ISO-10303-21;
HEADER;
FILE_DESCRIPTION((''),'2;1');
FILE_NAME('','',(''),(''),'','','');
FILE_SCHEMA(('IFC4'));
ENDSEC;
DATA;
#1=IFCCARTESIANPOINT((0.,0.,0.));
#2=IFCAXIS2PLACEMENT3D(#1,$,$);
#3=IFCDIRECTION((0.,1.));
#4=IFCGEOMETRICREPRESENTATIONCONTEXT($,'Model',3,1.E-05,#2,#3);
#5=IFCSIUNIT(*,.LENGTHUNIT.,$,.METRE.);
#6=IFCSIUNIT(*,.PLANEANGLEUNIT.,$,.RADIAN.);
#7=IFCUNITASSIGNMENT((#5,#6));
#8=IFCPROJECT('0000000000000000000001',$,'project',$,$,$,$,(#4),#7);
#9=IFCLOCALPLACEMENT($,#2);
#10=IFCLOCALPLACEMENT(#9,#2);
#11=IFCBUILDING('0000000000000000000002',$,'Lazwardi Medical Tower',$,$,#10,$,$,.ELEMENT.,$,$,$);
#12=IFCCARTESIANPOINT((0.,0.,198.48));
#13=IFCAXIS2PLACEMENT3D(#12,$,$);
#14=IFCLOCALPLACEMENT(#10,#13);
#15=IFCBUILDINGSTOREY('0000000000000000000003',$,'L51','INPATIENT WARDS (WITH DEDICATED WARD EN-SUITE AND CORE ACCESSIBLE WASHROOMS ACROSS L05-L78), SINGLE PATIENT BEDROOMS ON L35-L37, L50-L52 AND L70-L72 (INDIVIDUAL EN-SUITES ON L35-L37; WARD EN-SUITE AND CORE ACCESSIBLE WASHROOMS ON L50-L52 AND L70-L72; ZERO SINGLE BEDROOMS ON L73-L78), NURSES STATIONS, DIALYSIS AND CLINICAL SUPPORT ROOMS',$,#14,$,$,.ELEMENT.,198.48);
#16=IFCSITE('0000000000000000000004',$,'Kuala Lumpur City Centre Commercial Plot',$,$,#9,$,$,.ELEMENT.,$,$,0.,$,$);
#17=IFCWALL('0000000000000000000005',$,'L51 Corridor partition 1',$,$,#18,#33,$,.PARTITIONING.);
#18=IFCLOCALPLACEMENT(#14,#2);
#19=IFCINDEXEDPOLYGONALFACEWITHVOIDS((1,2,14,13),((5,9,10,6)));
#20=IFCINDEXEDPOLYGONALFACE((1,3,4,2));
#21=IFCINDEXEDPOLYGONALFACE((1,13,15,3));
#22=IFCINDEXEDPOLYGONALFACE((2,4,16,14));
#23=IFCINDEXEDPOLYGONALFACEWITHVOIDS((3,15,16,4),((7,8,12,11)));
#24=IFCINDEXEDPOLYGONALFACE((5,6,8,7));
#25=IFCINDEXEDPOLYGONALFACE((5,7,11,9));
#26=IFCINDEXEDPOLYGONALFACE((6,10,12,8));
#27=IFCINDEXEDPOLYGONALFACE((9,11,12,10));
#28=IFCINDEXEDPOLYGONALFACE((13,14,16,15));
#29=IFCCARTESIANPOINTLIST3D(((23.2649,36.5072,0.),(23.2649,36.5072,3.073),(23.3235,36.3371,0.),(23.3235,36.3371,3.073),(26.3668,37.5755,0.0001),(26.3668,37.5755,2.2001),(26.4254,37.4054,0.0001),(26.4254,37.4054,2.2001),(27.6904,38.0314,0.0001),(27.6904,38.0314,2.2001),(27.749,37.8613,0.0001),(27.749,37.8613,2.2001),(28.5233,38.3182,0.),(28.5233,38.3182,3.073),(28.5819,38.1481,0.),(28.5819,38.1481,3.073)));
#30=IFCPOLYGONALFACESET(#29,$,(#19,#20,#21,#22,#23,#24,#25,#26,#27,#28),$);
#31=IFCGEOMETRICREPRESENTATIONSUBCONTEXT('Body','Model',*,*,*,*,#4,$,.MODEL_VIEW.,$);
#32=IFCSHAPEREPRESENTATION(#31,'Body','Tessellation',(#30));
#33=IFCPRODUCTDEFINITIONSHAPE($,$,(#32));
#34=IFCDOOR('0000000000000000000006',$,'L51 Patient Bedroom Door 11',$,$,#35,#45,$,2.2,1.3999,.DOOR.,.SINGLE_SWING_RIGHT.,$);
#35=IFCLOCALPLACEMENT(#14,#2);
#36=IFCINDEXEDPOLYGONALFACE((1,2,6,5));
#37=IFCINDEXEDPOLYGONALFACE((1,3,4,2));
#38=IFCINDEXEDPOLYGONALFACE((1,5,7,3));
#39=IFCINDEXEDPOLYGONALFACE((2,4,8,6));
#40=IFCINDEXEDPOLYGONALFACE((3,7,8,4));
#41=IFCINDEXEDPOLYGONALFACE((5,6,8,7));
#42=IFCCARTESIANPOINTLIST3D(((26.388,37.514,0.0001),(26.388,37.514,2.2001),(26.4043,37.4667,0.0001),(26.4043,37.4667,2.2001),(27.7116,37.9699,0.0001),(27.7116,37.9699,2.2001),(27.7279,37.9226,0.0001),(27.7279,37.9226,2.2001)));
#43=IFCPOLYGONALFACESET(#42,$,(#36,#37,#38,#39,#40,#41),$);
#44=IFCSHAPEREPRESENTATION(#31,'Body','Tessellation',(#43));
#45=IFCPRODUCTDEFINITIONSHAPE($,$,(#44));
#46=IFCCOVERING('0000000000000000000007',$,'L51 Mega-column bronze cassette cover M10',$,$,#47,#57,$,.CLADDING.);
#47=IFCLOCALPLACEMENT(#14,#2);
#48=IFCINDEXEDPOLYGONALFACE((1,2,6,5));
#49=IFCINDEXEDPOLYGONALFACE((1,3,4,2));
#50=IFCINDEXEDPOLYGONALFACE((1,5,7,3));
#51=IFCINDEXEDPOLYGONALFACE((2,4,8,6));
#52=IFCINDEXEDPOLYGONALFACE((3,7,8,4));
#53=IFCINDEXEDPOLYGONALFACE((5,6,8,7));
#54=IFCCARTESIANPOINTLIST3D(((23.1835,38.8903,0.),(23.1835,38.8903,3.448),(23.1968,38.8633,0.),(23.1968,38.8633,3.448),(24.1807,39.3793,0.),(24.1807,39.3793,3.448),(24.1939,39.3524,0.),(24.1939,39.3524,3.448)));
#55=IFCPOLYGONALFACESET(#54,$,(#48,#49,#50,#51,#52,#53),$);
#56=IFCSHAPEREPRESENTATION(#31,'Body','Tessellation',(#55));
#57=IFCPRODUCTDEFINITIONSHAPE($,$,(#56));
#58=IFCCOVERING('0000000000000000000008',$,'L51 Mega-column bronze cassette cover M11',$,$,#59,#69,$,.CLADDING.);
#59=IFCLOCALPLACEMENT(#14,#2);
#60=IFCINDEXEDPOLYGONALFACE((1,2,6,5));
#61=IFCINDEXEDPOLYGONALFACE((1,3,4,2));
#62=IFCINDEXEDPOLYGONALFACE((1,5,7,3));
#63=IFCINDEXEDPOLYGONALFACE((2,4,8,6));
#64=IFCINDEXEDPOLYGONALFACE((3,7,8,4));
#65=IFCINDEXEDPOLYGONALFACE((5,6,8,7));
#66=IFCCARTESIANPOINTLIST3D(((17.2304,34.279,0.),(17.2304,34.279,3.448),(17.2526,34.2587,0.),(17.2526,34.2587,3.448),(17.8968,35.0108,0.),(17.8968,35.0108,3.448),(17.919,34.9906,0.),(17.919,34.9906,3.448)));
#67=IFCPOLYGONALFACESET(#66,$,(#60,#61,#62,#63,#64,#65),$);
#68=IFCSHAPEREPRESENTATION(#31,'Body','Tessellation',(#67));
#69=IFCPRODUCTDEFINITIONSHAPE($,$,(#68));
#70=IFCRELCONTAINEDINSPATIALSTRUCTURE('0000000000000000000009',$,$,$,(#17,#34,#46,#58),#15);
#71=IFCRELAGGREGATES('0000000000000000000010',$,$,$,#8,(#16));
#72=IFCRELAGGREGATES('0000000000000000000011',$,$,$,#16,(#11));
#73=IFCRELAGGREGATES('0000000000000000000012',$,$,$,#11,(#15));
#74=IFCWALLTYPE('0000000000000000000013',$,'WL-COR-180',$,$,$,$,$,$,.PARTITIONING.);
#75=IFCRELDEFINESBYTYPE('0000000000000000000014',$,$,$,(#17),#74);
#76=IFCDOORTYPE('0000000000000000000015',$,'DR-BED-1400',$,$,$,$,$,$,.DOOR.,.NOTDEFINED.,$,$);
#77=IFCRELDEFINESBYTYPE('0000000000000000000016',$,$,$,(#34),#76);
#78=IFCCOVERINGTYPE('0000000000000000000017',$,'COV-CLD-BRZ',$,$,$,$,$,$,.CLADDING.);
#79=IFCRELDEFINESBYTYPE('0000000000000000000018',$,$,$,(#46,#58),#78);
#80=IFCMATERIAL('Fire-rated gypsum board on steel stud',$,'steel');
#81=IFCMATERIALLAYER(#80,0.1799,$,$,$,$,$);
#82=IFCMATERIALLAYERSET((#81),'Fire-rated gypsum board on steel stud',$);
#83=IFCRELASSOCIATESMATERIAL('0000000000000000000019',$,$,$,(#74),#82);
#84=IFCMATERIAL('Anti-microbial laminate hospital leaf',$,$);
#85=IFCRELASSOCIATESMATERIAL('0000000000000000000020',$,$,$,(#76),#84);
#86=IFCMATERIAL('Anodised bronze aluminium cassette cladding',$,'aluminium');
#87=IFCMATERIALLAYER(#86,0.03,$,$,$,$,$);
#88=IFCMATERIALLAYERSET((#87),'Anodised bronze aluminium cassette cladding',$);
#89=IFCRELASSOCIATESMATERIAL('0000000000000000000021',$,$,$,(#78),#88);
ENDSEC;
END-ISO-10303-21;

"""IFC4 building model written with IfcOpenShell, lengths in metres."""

from ifc_helpers import new_model, si_unit, direction, frame, frame_2d, origin, origin_2d, place, context, subcontext, project, spatial, rectangle, extrude, material, layer, layer_set, type_object, element, fill, save


model = new_model("IFC4")

# Units and contexts
model_context = context("Model", 3, precision=1e-05, world=origin(), true_north=direction((0.0, 1.0)))
body_context = subcontext(model_context, "Body", "Model", "MODEL_VIEW")
ifc_project = project(units=[si_unit("LENGTHUNIT", "METRE"), si_unit("PLANEANGLEUNIT", "RADIAN")], contexts=[model_context])

# Site, building, storey
site_placement = place(None, origin())
site = spatial("IfcSite", under=ifc_project, at=site_placement, Name="Kuala Lumpur City Centre Commercial Plot", CompositionType="ELEMENT", RefElevation=0.0)
building_placement = place(site_placement, origin())
building = spatial("IfcBuilding", under=site, at=building_placement, Name="Lazwardi Medical Tower", CompositionType="ELEMENT")
storey_placement = place(building_placement, frame((0.0, 0.0, 198.48)))
storey = spatial("IfcBuildingStorey", under=building, at=storey_placement, Name="L51", Description="INPATIENT WARDS (WITH DEDICATED WARD EN-SUITE AND CORE ACCESSIBLE WASHROOMS ACROSS L05-L78), SINGLE PATIENT BEDROOMS ON L35-L37, L50-L52 AND L70-L72 (INDIVIDUAL EN-SUITES ON L35-L37; WARD EN-SUITE AND CORE ACCESSIBLE WASHROOMS ON L50-L52 AND L70-L72; ZERO SINGLE BEDROOMS ON L73-L78), NURSES STATIONS, DIALYSIS AND CLINICAL SUPPORT ROOMS", CompositionType="ELEMENT", Elevation=198.48)

# Wall, opening, door
ifc_material_1 = material(Name="Fire-rated gypsum board on steel stud", Category="steel")
ifc_layer_1 = layer(ifc_material_1, 0.1799)
ifc_layer_set_1 = layer_set([ifc_layer_1], Name="Fire-rated gypsum board on steel stud")
wall_type = type_object("IfcWallType", Name="WL-COR-180", PredefinedType="PARTITIONING", material=ifc_layer_set_1)
wall_placement = place(storey_placement, frame((23.2942, 36.4221, 0.0), z_axis=(0.0, 0.0, 1.0), x_axis=(0.945493, 0.325642, 0.0)))
wall = element("IfcWall", 1, at=wall_placement, inside=storey, type_object=wall_type, Name="L51 Corridor partition 1", PredefinedType="PARTITIONING", context=body_context, shape_type="SweptSolid", body=[
    extrude(rectangle(XDim=5.5615, YDim=0.1799, at=frame_2d((2.7808, 0.0))), origin(), (0.0, 0.0, 1.0), 3.073),
])
opening_placement = place(wall_placement, frame((3.2808, 0.0, 0.0)))
opening = element("IfcOpeningElement", 2, at=opening_placement, cuts=wall, PredefinedType="OPENING", context=body_context, shape_type="SweptSolid", body=[
    extrude(rectangle(XDim=1.3999, YDim=2.2, at=frame_2d((0.7, 1.1001))), frame((0.0, 0.0999, 0.0), z_axis=(0.0, -1.0, 0.0), x_axis=(1.0, 0.0, 0.0)), (0.0, 0.0, 1.0), 0.2),
])
ifc_material_2 = material(Name="Anti-microbial laminate hospital leaf")
door_type = type_object("IfcDoorType", Name="DR-BED-1400", OperationType="NOTDEFINED", PredefinedType="DOOR", material=ifc_material_2)
door_placement = place(opening_placement, origin())
door = element("IfcDoor", 3, at=door_placement, inside=storey, type_object=door_type, Name="L51 Patient Bedroom Door 11", OperationType="SINGLE_SWING_RIGHT", OverallHeight=2.2, OverallWidth=1.3999, PredefinedType="DOOR", context=body_context, shape_type="SweptSolid", body=[
    extrude(rectangle(XDim=1.3999, YDim=2.2, at=frame_2d((0.7, 1.1001))), frame((0.0, 0.0249, 0.0), z_axis=(0.0, -1.0, 0.0), x_axis=(1.0, 0.0, 0.0)), (0.0, 0.0, 1.0), 0.05),
])
fill(opening, door)

# Coverings
ifc_material_3 = material(Name="Anodised bronze aluminium cassette cladding", Category="aluminium")
ifc_layer_2 = layer(ifc_material_3, 0.03)
ifc_layer_set_2 = layer_set([ifc_layer_2], Name="Anodised bronze aluminium cassette cladding")
covering_type = type_object("IfcCoveringType", Name="COV-CLD-BRZ", PredefinedType="CLADDING", material=ifc_layer_set_2)
covering_1_placement = place(storey_placement, frame((23.6887, 39.1213, 0.0), z_axis=(0.0, 0.0, 1.0), x_axis=(-0.89784, -0.440322, 0.0)))
element("IfcCovering", 4, at=covering_1_placement, inside=storey, type_object=covering_type, Name="L51 Mega-column bronze cassette cover M10", PredefinedType="CLADDING", context=body_context, shape_type="SweptSolid", body=[
    extrude(rectangle(XDim=1.1106, YDim=0.03, at=origin_2d()), origin(), (0.0, 0.0, 1.0), 3.448),
])
covering_2_placement = place(storey_placement, frame((17.5747, 34.6348, 0.0), z_axis=(0.0, 0.0, 1.0), x_axis=(-0.673241, -0.739423, 0.0)))
element("IfcCovering", 5, at=covering_2_placement, inside=storey, type_object=covering_type, Name="L51 Mega-column bronze cassette cover M11", PredefinedType="CLADDING", context=body_context, shape_type="SweptSolid", body=[
    extrude(rectangle(XDim=0.9897, YDim=0.03, at=origin_2d()), origin(), (0.0, 0.0, 1.0), 3.448),
])

save(model, "model.ifc")
